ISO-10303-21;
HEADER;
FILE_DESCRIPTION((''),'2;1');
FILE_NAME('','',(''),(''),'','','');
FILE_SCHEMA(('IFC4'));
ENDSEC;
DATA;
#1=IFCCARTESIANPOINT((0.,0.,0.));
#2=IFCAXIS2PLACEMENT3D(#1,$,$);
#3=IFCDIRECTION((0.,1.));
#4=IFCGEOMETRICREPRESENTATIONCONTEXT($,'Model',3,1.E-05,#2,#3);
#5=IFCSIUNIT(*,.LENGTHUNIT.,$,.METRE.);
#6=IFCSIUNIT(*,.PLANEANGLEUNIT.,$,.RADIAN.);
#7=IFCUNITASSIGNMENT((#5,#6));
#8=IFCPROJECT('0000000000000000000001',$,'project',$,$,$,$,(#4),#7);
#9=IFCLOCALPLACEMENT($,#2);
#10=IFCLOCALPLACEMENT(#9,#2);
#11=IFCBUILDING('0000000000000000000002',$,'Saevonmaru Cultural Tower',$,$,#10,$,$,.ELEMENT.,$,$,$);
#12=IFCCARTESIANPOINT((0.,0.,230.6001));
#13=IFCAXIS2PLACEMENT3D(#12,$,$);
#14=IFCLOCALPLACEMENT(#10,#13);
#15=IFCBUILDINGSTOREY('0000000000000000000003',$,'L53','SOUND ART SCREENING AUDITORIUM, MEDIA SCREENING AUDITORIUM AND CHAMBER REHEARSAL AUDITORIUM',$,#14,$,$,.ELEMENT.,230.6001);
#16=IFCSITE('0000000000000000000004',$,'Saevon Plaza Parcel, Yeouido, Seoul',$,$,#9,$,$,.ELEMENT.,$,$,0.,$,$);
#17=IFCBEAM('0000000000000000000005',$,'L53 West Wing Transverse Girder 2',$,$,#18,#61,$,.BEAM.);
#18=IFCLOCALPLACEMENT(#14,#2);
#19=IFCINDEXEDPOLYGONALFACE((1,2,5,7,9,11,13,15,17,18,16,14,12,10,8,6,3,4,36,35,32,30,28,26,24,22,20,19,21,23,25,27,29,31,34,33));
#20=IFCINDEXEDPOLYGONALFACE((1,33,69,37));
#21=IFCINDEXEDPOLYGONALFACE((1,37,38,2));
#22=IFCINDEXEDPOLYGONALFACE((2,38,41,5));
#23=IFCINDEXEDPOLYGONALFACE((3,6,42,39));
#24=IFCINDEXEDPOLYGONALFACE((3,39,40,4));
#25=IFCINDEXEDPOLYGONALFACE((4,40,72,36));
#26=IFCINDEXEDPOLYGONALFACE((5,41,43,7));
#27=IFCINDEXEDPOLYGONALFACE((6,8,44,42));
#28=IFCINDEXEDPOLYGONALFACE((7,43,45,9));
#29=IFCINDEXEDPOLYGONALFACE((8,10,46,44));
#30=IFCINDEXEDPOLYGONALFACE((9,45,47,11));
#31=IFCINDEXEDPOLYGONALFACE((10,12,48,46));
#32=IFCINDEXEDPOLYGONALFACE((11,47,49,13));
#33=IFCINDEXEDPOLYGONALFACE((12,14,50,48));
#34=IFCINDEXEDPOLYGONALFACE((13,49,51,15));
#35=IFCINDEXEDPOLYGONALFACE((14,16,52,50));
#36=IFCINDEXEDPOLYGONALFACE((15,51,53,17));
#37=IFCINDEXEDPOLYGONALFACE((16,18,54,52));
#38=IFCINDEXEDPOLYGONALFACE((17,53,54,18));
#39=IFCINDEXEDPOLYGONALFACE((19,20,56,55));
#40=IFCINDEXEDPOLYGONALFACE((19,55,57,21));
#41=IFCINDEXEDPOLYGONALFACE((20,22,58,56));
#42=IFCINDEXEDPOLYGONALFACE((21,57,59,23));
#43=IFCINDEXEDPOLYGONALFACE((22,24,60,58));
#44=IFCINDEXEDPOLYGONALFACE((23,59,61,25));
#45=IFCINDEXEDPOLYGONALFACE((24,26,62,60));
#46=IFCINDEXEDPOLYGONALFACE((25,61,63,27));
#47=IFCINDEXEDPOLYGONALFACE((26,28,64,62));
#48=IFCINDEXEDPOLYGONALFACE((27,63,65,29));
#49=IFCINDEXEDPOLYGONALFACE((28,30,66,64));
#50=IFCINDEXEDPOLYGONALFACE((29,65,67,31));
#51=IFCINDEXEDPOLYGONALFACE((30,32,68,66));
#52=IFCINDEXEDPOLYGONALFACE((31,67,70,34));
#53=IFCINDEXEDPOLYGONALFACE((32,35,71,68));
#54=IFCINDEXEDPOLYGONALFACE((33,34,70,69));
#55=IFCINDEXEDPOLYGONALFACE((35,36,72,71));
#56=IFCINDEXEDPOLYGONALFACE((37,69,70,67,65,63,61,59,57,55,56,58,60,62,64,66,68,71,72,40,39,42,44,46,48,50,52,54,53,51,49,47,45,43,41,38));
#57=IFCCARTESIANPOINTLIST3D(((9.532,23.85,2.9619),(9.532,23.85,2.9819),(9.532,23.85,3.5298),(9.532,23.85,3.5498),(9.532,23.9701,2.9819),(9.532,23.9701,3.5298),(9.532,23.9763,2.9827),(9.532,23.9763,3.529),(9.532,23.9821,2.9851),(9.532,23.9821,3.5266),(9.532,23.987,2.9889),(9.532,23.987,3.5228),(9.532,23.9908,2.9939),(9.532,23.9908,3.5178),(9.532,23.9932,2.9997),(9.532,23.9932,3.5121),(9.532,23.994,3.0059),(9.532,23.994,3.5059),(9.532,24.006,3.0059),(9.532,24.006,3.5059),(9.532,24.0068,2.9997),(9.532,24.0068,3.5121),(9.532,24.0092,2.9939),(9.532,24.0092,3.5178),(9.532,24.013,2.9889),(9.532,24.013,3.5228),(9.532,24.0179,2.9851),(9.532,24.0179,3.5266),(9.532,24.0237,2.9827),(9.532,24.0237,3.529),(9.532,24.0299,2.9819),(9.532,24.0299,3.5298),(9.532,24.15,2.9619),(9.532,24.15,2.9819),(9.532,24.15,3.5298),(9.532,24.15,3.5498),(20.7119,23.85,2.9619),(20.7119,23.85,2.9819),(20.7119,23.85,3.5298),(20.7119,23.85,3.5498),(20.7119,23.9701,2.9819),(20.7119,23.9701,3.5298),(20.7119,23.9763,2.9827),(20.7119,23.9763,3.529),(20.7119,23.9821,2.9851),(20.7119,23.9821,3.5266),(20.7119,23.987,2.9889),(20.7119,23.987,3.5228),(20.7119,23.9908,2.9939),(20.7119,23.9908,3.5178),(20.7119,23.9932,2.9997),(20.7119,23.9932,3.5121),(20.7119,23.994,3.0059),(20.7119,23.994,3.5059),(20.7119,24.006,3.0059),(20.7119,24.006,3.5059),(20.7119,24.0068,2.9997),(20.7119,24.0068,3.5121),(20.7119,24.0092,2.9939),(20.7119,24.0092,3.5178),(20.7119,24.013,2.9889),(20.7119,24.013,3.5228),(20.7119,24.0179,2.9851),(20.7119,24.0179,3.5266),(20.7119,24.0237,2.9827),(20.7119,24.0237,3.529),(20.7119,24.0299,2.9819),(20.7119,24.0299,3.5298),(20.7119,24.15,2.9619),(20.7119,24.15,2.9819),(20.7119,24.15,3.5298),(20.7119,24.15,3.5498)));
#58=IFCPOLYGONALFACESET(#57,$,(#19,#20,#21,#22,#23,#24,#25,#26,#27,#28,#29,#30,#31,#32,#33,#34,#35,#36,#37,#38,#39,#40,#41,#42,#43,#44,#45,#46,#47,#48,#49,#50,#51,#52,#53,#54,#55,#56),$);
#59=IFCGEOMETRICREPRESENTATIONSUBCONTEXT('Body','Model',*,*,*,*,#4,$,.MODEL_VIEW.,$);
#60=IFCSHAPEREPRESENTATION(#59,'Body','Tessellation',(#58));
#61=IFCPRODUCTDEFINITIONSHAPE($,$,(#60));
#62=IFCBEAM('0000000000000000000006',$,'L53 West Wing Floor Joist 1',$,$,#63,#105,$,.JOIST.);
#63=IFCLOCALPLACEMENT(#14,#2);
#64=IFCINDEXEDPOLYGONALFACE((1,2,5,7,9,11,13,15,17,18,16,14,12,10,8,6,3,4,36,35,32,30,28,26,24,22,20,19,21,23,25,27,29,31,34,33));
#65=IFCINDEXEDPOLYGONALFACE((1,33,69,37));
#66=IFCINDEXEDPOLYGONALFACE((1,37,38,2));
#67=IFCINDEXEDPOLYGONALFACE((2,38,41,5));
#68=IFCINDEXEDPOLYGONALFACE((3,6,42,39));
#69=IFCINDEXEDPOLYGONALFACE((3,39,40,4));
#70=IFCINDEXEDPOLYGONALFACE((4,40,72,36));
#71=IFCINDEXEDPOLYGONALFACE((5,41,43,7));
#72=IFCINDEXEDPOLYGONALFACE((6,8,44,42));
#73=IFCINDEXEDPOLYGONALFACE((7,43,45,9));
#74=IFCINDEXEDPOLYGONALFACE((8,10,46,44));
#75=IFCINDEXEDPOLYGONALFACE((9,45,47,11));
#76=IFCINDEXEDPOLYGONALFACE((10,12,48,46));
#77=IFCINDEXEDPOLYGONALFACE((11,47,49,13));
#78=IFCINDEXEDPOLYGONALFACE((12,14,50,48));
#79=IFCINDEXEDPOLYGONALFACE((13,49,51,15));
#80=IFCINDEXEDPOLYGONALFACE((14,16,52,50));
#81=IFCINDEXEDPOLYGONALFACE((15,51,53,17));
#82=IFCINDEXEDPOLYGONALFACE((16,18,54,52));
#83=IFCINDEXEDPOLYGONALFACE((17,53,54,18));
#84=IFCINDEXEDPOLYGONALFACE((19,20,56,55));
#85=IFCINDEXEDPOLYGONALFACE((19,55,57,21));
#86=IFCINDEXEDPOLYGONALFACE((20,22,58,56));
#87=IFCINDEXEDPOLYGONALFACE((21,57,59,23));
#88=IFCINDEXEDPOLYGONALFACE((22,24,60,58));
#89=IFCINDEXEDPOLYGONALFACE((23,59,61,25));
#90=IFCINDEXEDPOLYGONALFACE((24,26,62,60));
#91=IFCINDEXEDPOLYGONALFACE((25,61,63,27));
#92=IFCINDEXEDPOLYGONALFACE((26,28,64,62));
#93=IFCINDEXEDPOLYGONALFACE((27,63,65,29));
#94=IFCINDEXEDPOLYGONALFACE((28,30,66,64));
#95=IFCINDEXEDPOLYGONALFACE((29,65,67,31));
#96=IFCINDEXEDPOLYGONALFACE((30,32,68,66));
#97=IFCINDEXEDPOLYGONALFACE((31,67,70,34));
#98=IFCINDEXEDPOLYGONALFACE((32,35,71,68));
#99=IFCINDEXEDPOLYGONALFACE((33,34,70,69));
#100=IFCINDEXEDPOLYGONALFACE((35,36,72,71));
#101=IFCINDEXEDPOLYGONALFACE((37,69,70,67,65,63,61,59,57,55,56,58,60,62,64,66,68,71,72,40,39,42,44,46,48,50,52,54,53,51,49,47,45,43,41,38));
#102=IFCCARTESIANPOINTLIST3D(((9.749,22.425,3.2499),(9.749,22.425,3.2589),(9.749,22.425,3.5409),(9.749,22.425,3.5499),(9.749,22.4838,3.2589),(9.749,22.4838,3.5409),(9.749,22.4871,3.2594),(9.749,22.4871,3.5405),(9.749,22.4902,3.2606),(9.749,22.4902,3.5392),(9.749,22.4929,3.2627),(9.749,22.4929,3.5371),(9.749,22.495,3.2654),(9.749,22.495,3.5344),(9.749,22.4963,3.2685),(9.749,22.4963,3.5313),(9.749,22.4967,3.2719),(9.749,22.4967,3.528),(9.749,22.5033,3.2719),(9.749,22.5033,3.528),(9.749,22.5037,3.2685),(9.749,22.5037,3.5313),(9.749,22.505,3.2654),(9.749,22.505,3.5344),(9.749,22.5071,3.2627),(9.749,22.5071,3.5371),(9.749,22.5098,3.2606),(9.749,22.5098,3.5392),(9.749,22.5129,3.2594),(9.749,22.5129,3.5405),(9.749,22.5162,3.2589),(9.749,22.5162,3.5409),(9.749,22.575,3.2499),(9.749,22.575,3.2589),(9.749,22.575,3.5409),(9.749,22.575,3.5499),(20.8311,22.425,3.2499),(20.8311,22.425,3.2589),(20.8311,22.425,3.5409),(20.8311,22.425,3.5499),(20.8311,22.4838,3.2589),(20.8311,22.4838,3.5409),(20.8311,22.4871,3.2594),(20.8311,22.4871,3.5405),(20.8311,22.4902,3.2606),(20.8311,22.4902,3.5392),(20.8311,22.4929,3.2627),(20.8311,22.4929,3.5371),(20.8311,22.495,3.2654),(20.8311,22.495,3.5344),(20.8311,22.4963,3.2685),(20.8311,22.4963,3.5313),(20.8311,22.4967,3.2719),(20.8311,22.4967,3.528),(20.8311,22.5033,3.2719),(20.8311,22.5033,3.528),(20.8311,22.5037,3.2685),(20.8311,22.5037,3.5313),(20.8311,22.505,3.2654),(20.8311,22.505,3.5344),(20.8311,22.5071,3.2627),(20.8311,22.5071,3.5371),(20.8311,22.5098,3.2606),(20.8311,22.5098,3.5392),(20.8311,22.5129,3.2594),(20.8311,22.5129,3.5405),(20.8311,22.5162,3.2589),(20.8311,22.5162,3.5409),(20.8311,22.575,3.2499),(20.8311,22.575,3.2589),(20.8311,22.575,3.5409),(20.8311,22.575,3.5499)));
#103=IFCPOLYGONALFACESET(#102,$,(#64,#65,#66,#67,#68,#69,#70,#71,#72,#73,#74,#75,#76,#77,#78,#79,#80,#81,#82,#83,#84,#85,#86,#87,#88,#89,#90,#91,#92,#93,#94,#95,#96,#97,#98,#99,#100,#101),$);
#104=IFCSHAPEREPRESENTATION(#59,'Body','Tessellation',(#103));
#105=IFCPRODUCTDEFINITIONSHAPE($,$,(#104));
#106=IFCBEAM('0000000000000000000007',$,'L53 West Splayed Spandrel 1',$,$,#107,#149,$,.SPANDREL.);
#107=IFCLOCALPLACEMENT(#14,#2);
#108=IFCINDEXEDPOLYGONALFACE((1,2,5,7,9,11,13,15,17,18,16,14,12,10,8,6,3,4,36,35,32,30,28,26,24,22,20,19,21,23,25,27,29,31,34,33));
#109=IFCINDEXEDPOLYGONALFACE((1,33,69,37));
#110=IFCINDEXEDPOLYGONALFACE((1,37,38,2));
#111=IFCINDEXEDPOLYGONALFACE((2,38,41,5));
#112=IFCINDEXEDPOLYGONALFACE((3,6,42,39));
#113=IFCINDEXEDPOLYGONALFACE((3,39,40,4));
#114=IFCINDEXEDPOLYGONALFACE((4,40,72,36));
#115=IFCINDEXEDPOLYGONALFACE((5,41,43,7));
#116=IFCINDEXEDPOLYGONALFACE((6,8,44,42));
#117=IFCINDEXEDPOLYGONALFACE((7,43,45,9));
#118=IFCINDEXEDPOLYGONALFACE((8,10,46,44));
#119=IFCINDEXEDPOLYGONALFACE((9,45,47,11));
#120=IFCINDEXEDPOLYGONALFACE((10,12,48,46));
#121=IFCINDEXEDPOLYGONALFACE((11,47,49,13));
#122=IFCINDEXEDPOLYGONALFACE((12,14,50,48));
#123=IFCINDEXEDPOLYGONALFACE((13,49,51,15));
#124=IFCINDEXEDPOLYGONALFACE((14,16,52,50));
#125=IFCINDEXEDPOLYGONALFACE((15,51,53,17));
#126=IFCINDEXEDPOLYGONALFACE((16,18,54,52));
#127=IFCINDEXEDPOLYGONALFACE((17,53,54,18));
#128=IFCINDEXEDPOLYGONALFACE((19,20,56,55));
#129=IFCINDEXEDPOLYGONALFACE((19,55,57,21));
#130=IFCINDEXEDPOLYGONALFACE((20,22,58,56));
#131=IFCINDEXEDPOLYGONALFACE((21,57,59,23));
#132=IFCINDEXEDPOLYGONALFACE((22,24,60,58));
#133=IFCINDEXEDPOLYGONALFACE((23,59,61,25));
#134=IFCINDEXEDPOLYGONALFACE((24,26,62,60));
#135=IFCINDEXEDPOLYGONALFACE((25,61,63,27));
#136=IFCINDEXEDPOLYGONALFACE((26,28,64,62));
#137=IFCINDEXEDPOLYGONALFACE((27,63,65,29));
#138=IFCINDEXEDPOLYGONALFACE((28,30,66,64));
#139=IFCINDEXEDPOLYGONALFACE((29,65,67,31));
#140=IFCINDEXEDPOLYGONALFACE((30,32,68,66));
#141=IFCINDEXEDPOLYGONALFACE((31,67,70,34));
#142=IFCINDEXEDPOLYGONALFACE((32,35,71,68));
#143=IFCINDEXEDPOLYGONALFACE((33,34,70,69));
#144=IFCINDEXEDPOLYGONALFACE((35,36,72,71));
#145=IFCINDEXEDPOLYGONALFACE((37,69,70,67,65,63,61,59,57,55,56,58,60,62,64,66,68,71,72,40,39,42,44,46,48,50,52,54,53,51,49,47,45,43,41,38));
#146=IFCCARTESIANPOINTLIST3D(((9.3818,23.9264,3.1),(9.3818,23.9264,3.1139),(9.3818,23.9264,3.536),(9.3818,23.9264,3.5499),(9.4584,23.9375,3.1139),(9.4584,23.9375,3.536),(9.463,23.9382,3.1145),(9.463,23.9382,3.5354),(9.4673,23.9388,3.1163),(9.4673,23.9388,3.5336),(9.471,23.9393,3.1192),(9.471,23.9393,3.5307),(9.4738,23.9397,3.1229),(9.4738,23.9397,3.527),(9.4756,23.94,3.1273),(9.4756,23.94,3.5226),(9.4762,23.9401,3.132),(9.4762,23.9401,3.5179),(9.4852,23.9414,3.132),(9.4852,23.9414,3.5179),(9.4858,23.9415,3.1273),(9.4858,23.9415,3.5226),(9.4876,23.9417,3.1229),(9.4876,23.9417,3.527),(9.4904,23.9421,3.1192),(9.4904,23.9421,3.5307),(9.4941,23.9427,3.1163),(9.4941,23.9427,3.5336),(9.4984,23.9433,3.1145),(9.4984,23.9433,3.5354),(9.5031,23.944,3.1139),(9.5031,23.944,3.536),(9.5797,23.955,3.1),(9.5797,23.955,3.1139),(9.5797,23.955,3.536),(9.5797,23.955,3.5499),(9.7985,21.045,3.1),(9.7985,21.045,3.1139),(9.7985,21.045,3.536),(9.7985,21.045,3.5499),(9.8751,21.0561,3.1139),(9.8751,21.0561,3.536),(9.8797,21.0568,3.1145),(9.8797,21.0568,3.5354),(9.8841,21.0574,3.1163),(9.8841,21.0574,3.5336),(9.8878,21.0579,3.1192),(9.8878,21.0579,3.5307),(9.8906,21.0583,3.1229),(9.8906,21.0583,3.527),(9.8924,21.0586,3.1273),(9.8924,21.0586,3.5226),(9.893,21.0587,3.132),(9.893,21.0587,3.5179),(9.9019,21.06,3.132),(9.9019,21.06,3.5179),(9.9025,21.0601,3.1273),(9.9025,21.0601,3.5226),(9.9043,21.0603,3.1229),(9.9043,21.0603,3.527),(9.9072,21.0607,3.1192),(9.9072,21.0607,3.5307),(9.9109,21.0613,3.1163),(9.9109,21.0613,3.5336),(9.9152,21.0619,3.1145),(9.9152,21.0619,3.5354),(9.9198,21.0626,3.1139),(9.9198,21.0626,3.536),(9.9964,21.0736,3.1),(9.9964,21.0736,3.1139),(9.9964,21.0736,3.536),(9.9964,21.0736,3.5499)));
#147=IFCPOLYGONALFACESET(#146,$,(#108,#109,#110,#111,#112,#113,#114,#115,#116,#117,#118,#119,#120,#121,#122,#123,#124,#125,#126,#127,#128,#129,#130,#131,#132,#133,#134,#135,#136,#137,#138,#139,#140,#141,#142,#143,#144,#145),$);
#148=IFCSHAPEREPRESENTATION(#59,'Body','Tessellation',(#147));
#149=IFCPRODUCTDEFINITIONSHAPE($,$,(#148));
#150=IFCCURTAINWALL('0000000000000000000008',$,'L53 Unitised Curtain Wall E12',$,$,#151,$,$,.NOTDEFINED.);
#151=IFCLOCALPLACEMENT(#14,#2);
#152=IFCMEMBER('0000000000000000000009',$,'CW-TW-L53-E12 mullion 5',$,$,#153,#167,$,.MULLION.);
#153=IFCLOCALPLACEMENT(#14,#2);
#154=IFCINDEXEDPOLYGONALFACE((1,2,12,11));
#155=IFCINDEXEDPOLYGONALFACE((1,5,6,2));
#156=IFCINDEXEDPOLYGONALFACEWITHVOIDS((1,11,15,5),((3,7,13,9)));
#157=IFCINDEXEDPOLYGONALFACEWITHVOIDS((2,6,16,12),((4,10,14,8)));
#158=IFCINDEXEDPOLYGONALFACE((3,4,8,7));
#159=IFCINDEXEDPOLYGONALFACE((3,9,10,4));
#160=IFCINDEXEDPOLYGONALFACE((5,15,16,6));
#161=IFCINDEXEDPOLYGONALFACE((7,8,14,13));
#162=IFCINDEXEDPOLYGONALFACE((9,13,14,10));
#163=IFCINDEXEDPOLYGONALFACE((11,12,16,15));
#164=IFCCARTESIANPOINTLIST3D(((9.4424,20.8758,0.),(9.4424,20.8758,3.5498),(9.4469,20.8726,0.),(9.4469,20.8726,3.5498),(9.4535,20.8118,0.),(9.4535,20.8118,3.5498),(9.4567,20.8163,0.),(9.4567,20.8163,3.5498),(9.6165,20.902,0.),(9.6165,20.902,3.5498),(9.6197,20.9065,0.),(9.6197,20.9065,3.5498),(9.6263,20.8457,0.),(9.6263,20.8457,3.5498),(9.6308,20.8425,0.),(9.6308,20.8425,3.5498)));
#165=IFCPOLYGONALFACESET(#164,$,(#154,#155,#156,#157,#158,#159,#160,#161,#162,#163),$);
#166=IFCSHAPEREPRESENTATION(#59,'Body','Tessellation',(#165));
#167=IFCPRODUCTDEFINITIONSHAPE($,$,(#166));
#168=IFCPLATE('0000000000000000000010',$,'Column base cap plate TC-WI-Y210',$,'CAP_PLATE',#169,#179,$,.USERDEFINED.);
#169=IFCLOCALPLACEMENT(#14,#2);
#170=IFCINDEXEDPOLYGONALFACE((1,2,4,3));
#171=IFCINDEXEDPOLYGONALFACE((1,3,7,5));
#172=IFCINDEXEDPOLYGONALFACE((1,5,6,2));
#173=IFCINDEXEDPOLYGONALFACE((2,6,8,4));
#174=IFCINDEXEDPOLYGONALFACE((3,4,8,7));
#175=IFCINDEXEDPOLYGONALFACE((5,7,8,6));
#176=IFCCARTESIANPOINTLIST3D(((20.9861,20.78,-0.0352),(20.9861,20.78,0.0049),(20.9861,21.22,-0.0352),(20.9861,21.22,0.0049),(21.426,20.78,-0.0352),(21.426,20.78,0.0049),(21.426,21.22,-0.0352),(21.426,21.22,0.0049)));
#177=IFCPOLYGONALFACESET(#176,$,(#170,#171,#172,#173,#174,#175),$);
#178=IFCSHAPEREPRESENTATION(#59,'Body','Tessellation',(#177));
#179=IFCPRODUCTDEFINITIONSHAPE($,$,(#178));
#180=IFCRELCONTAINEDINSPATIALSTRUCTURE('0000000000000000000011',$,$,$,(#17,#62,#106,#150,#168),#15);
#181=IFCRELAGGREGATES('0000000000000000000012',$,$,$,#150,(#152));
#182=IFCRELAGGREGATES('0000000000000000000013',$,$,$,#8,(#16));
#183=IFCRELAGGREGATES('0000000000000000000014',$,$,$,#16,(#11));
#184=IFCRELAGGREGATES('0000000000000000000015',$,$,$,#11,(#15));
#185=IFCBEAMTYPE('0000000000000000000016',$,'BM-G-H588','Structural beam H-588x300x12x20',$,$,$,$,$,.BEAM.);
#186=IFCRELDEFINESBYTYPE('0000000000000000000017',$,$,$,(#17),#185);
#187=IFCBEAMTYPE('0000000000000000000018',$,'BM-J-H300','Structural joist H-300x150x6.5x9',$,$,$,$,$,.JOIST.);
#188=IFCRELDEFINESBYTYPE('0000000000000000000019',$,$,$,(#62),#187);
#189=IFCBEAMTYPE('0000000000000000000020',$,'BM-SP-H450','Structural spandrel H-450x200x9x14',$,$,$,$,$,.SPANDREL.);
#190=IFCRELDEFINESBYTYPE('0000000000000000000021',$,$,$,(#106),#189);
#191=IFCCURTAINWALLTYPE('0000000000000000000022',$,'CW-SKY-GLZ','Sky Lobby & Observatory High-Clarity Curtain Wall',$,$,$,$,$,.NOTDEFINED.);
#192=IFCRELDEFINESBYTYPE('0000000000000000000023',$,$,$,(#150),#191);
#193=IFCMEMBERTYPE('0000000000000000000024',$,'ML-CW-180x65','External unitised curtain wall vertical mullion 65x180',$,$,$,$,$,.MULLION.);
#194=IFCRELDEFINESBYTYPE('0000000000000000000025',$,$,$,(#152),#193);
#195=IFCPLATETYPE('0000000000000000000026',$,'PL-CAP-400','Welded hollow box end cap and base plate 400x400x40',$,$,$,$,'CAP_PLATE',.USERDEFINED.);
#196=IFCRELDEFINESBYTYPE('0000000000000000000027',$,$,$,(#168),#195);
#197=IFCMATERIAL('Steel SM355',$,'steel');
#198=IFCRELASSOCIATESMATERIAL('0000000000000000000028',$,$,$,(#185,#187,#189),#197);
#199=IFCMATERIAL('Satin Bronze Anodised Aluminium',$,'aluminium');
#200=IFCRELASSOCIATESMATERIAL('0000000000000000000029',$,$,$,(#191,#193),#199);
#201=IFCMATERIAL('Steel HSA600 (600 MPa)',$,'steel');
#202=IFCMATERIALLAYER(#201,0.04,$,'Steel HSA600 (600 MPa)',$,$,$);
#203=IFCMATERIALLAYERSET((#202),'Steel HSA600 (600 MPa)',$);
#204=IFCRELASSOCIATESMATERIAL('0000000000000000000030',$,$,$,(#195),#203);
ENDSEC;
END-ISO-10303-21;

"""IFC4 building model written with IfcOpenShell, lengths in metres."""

from ifc_helpers import new_model, si_unit, direction, frame, origin, origin_2d, place, context, subcontext, project, spatial, rectangle, hollow_rectangle, i_section, extrude, material, layer, layer_set, material_profile, profile_set, type_object, element, aggregate, save


model = new_model("IFC4")

# Units and contexts
model_context = context("Model", 3, precision=1e-05, world=origin(), true_north=direction((0.0, 1.0)))
body_context = subcontext(model_context, "Body", "Model", "MODEL_VIEW")
ifc_project = project(units=[si_unit("LENGTHUNIT", "METRE"), si_unit("PLANEANGLEUNIT", "RADIAN")], contexts=[model_context])

# Site, building, storey
site_placement = place(None, origin())
site = spatial("IfcSite", under=ifc_project, at=site_placement, Name="Saevon Plaza Parcel, Yeouido, Seoul", CompositionType="ELEMENT", RefElevation=0.0)
building_placement = place(site_placement, origin())
building = spatial("IfcBuilding", under=site, at=building_placement, Name="Saevonmaru Cultural Tower", CompositionType="ELEMENT")
storey_placement = place(building_placement, frame((0.0, 0.0, 230.6001)))
storey = spatial("IfcBuildingStorey", under=building, at=storey_placement, Name="L53", Description="SOUND ART SCREENING AUDITORIUM, MEDIA SCREENING AUDITORIUM AND CHAMBER REHEARSAL AUDITORIUM", CompositionType="ELEMENT", Elevation=230.6001)

# Shared definitions
ifc_material_1 = material(Name="Steel SM355", Category="steel")

# Beams
ifc_material_profile_1 = material_profile(ifc_material_1, i_section(OverallWidth=0.3, OverallDepth=0.5879, WebThickness=0.012, FlangeThickness=0.02, FilletRadius=0.0239, at=origin_2d()), Name="H-588x300x12x20")
ifc_profile_set_1 = profile_set([ifc_material_profile_1], Name="Steel SM355")
beam_type_1 = type_object("IfcBeamType", Name="BM-G-H588", Description="Structural beam H-588x300x12x20", PredefinedType="BEAM", material=ifc_profile_set_1)
for number, where, z_axis, x_axis, name in (
    (1, (9.532, 24.0, 3.2559), (1.0, 0.0, 0.0), (0.0, 1.0, 0.0), "L53 West Wing Transverse Girder 2"),
):
    element("IfcBeam", number, at=place(storey_placement, frame(where, z_axis=z_axis, x_axis=x_axis)), inside=storey, type_object=beam_type_1, Name=name, PredefinedType="BEAM", context=body_context, shape_type="SweptSolid", body=[
        extrude(i_section(OverallWidth=0.3, OverallDepth=0.5879, WebThickness=0.012, FlangeThickness=0.02, FilletRadius=0.0239, at=origin_2d()), origin(), (0.0, 0.0, 1.0), 11.1799),
    ])
ifc_material_profile_2 = material_profile(ifc_material_1, i_section(OverallWidth=0.1499, OverallDepth=0.3, WebThickness=0.0066, FlangeThickness=0.009, FilletRadius=0.0129, at=origin_2d()), Name="H-300x150x6.5x9")
ifc_profile_set_2 = profile_set([ifc_material_profile_2], Name="Steel SM355")
beam_type_2 = type_object("IfcBeamType", Name="BM-J-H300", Description="Structural joist H-300x150x6.5x9", PredefinedType="JOIST", material=ifc_profile_set_2)
beam_1_placement = place(storey_placement, frame((9.749, 22.5, 3.3999), z_axis=(1.0, 0.0, 0.0), x_axis=(0.0, 1.0, 0.0)))
element("IfcBeam", 2, at=beam_1_placement, inside=storey, type_object=beam_type_2, Name="L53 West Wing Floor Joist 1", PredefinedType="JOIST", context=body_context, shape_type="SweptSolid", body=[
    extrude(i_section(OverallWidth=0.1499, OverallDepth=0.3, WebThickness=0.0066, FlangeThickness=0.009, FilletRadius=0.0129, at=origin_2d()), origin(), (0.0, 0.0, 1.0), 11.082),
])
ifc_material_profile_3 = material_profile(ifc_material_1, i_section(OverallWidth=0.2, OverallDepth=0.45, WebThickness=0.009, FlangeThickness=0.0139, FilletRadius=0.0181, at=origin_2d()), Name="H-450x200x9x14")
ifc_profile_set_3 = profile_set([ifc_material_profile_3], Name="Steel SM355")
beam_type_3 = type_object("IfcBeamType", Name="BM-SP-H450", Description="Structural spandrel H-450x200x9x14", PredefinedType="SPANDREL", material=ifc_profile_set_3)
beam_2_placement = place(storey_placement, frame((9.8975, 21.0593, 3.325), z_axis=(-0.143147, 0.989701, 0.0), x_axis=(-0.989701, -0.143147, 0.0)))
element("IfcBeam", 3, at=beam_2_placement, inside=storey, type_object=beam_type_3, Name="L53 West Splayed Spandrel 1", PredefinedType="SPANDREL", context=body_context, shape_type="SweptSolid", body=[
    extrude(i_section(OverallWidth=0.2, OverallDepth=0.45, WebThickness=0.009, FlangeThickness=0.0139, FilletRadius=0.0181, at=origin_2d()), origin(), (0.0, 0.0, 1.0), 2.9114),
])

# Curtain wall, member
ifc_material_2 = material(Name="Satin Bronze Anodised Aluminium", Category="aluminium")
curtain_wall_type = type_object("IfcCurtainWallType", Name="CW-SKY-GLZ", Description="Sky Lobby & Observatory High-Clarity Curtain Wall", PredefinedType="NOTDEFINED", material=ifc_material_2)
curtain_wall_placement = place(storey_placement, origin())
curtain_wall = element("IfcCurtainWall", 4, at=curtain_wall_placement, inside=storey, type_object=curtain_wall_type, Name="L53 Unitised Curtain Wall E12", PredefinedType="NOTDEFINED")
ifc_material_profile_4 = material_profile(ifc_material_2, hollow_rectangle(XDim=0.0649, YDim=0.1799, WallThickness=0.0039, at=origin_2d()), Name="ALU-MULL-180x65x4")
ifc_profile_set_4 = profile_set([ifc_material_profile_4], Name="Satin Bronze Anodised Aluminium")
member_type = type_object("IfcMemberType", Name="ML-CW-180x65", Description="External unitised curtain wall vertical mullion 65x180", PredefinedType="MULLION", material=ifc_profile_set_4)
member_placement = place(storey_placement, frame((9.5366, 20.8591, 0.0), z_axis=(0.0, 0.0, 1.0), x_axis=(0.17079, -0.985307, 0.0)))
member = element("IfcMember", 5, at=member_placement, type_object=member_type, Name="CW-TW-L53-E12 mullion 5", PredefinedType="MULLION", context=body_context, shape_type="SweptSolid", body=[
    extrude(hollow_rectangle(XDim=0.0649, YDim=0.1799, WallThickness=0.0039, at=origin_2d()), origin(), (0.0, 0.0, 1.0), 3.5498),
])
aggregate(curtain_wall, [member])

# Plate
ifc_material_3 = material(Name="Steel HSA600 (600 MPa)", Category="steel")
ifc_layer_1 = layer(ifc_material_3, 0.04, Name="Steel HSA600 (600 MPa)")
ifc_layer_set_1 = layer_set([ifc_layer_1], Name="Steel HSA600 (600 MPa)")
plate_type_1 = type_object("IfcPlateType", Name="PL-CAP-400", Description="Welded hollow box end cap and base plate 400x400x40", ElementType="CAP_PLATE", PredefinedType="USERDEFINED", material=ifc_layer_set_1)
plate_1_placement = place(storey_placement, frame((21.2061, 21.0, -0.0352), z_axis=(0.0, 0.0, 1.0), x_axis=(1.0, 0.0, 0.0)))
element("IfcPlate", 6, at=plate_1_placement, inside=storey, type_object=plate_type_1, Name="Column base cap plate TC-WI-Y210", ObjectType="CAP_PLATE", PredefinedType="USERDEFINED", context=body_context, shape_type="SweptSolid", body=[
    extrude(rectangle(XDim=0.4399, YDim=0.4399, at=origin_2d()), origin(), (0.0, 0.0, 1.0), 0.04),
])

save(model, "model.ifc")
